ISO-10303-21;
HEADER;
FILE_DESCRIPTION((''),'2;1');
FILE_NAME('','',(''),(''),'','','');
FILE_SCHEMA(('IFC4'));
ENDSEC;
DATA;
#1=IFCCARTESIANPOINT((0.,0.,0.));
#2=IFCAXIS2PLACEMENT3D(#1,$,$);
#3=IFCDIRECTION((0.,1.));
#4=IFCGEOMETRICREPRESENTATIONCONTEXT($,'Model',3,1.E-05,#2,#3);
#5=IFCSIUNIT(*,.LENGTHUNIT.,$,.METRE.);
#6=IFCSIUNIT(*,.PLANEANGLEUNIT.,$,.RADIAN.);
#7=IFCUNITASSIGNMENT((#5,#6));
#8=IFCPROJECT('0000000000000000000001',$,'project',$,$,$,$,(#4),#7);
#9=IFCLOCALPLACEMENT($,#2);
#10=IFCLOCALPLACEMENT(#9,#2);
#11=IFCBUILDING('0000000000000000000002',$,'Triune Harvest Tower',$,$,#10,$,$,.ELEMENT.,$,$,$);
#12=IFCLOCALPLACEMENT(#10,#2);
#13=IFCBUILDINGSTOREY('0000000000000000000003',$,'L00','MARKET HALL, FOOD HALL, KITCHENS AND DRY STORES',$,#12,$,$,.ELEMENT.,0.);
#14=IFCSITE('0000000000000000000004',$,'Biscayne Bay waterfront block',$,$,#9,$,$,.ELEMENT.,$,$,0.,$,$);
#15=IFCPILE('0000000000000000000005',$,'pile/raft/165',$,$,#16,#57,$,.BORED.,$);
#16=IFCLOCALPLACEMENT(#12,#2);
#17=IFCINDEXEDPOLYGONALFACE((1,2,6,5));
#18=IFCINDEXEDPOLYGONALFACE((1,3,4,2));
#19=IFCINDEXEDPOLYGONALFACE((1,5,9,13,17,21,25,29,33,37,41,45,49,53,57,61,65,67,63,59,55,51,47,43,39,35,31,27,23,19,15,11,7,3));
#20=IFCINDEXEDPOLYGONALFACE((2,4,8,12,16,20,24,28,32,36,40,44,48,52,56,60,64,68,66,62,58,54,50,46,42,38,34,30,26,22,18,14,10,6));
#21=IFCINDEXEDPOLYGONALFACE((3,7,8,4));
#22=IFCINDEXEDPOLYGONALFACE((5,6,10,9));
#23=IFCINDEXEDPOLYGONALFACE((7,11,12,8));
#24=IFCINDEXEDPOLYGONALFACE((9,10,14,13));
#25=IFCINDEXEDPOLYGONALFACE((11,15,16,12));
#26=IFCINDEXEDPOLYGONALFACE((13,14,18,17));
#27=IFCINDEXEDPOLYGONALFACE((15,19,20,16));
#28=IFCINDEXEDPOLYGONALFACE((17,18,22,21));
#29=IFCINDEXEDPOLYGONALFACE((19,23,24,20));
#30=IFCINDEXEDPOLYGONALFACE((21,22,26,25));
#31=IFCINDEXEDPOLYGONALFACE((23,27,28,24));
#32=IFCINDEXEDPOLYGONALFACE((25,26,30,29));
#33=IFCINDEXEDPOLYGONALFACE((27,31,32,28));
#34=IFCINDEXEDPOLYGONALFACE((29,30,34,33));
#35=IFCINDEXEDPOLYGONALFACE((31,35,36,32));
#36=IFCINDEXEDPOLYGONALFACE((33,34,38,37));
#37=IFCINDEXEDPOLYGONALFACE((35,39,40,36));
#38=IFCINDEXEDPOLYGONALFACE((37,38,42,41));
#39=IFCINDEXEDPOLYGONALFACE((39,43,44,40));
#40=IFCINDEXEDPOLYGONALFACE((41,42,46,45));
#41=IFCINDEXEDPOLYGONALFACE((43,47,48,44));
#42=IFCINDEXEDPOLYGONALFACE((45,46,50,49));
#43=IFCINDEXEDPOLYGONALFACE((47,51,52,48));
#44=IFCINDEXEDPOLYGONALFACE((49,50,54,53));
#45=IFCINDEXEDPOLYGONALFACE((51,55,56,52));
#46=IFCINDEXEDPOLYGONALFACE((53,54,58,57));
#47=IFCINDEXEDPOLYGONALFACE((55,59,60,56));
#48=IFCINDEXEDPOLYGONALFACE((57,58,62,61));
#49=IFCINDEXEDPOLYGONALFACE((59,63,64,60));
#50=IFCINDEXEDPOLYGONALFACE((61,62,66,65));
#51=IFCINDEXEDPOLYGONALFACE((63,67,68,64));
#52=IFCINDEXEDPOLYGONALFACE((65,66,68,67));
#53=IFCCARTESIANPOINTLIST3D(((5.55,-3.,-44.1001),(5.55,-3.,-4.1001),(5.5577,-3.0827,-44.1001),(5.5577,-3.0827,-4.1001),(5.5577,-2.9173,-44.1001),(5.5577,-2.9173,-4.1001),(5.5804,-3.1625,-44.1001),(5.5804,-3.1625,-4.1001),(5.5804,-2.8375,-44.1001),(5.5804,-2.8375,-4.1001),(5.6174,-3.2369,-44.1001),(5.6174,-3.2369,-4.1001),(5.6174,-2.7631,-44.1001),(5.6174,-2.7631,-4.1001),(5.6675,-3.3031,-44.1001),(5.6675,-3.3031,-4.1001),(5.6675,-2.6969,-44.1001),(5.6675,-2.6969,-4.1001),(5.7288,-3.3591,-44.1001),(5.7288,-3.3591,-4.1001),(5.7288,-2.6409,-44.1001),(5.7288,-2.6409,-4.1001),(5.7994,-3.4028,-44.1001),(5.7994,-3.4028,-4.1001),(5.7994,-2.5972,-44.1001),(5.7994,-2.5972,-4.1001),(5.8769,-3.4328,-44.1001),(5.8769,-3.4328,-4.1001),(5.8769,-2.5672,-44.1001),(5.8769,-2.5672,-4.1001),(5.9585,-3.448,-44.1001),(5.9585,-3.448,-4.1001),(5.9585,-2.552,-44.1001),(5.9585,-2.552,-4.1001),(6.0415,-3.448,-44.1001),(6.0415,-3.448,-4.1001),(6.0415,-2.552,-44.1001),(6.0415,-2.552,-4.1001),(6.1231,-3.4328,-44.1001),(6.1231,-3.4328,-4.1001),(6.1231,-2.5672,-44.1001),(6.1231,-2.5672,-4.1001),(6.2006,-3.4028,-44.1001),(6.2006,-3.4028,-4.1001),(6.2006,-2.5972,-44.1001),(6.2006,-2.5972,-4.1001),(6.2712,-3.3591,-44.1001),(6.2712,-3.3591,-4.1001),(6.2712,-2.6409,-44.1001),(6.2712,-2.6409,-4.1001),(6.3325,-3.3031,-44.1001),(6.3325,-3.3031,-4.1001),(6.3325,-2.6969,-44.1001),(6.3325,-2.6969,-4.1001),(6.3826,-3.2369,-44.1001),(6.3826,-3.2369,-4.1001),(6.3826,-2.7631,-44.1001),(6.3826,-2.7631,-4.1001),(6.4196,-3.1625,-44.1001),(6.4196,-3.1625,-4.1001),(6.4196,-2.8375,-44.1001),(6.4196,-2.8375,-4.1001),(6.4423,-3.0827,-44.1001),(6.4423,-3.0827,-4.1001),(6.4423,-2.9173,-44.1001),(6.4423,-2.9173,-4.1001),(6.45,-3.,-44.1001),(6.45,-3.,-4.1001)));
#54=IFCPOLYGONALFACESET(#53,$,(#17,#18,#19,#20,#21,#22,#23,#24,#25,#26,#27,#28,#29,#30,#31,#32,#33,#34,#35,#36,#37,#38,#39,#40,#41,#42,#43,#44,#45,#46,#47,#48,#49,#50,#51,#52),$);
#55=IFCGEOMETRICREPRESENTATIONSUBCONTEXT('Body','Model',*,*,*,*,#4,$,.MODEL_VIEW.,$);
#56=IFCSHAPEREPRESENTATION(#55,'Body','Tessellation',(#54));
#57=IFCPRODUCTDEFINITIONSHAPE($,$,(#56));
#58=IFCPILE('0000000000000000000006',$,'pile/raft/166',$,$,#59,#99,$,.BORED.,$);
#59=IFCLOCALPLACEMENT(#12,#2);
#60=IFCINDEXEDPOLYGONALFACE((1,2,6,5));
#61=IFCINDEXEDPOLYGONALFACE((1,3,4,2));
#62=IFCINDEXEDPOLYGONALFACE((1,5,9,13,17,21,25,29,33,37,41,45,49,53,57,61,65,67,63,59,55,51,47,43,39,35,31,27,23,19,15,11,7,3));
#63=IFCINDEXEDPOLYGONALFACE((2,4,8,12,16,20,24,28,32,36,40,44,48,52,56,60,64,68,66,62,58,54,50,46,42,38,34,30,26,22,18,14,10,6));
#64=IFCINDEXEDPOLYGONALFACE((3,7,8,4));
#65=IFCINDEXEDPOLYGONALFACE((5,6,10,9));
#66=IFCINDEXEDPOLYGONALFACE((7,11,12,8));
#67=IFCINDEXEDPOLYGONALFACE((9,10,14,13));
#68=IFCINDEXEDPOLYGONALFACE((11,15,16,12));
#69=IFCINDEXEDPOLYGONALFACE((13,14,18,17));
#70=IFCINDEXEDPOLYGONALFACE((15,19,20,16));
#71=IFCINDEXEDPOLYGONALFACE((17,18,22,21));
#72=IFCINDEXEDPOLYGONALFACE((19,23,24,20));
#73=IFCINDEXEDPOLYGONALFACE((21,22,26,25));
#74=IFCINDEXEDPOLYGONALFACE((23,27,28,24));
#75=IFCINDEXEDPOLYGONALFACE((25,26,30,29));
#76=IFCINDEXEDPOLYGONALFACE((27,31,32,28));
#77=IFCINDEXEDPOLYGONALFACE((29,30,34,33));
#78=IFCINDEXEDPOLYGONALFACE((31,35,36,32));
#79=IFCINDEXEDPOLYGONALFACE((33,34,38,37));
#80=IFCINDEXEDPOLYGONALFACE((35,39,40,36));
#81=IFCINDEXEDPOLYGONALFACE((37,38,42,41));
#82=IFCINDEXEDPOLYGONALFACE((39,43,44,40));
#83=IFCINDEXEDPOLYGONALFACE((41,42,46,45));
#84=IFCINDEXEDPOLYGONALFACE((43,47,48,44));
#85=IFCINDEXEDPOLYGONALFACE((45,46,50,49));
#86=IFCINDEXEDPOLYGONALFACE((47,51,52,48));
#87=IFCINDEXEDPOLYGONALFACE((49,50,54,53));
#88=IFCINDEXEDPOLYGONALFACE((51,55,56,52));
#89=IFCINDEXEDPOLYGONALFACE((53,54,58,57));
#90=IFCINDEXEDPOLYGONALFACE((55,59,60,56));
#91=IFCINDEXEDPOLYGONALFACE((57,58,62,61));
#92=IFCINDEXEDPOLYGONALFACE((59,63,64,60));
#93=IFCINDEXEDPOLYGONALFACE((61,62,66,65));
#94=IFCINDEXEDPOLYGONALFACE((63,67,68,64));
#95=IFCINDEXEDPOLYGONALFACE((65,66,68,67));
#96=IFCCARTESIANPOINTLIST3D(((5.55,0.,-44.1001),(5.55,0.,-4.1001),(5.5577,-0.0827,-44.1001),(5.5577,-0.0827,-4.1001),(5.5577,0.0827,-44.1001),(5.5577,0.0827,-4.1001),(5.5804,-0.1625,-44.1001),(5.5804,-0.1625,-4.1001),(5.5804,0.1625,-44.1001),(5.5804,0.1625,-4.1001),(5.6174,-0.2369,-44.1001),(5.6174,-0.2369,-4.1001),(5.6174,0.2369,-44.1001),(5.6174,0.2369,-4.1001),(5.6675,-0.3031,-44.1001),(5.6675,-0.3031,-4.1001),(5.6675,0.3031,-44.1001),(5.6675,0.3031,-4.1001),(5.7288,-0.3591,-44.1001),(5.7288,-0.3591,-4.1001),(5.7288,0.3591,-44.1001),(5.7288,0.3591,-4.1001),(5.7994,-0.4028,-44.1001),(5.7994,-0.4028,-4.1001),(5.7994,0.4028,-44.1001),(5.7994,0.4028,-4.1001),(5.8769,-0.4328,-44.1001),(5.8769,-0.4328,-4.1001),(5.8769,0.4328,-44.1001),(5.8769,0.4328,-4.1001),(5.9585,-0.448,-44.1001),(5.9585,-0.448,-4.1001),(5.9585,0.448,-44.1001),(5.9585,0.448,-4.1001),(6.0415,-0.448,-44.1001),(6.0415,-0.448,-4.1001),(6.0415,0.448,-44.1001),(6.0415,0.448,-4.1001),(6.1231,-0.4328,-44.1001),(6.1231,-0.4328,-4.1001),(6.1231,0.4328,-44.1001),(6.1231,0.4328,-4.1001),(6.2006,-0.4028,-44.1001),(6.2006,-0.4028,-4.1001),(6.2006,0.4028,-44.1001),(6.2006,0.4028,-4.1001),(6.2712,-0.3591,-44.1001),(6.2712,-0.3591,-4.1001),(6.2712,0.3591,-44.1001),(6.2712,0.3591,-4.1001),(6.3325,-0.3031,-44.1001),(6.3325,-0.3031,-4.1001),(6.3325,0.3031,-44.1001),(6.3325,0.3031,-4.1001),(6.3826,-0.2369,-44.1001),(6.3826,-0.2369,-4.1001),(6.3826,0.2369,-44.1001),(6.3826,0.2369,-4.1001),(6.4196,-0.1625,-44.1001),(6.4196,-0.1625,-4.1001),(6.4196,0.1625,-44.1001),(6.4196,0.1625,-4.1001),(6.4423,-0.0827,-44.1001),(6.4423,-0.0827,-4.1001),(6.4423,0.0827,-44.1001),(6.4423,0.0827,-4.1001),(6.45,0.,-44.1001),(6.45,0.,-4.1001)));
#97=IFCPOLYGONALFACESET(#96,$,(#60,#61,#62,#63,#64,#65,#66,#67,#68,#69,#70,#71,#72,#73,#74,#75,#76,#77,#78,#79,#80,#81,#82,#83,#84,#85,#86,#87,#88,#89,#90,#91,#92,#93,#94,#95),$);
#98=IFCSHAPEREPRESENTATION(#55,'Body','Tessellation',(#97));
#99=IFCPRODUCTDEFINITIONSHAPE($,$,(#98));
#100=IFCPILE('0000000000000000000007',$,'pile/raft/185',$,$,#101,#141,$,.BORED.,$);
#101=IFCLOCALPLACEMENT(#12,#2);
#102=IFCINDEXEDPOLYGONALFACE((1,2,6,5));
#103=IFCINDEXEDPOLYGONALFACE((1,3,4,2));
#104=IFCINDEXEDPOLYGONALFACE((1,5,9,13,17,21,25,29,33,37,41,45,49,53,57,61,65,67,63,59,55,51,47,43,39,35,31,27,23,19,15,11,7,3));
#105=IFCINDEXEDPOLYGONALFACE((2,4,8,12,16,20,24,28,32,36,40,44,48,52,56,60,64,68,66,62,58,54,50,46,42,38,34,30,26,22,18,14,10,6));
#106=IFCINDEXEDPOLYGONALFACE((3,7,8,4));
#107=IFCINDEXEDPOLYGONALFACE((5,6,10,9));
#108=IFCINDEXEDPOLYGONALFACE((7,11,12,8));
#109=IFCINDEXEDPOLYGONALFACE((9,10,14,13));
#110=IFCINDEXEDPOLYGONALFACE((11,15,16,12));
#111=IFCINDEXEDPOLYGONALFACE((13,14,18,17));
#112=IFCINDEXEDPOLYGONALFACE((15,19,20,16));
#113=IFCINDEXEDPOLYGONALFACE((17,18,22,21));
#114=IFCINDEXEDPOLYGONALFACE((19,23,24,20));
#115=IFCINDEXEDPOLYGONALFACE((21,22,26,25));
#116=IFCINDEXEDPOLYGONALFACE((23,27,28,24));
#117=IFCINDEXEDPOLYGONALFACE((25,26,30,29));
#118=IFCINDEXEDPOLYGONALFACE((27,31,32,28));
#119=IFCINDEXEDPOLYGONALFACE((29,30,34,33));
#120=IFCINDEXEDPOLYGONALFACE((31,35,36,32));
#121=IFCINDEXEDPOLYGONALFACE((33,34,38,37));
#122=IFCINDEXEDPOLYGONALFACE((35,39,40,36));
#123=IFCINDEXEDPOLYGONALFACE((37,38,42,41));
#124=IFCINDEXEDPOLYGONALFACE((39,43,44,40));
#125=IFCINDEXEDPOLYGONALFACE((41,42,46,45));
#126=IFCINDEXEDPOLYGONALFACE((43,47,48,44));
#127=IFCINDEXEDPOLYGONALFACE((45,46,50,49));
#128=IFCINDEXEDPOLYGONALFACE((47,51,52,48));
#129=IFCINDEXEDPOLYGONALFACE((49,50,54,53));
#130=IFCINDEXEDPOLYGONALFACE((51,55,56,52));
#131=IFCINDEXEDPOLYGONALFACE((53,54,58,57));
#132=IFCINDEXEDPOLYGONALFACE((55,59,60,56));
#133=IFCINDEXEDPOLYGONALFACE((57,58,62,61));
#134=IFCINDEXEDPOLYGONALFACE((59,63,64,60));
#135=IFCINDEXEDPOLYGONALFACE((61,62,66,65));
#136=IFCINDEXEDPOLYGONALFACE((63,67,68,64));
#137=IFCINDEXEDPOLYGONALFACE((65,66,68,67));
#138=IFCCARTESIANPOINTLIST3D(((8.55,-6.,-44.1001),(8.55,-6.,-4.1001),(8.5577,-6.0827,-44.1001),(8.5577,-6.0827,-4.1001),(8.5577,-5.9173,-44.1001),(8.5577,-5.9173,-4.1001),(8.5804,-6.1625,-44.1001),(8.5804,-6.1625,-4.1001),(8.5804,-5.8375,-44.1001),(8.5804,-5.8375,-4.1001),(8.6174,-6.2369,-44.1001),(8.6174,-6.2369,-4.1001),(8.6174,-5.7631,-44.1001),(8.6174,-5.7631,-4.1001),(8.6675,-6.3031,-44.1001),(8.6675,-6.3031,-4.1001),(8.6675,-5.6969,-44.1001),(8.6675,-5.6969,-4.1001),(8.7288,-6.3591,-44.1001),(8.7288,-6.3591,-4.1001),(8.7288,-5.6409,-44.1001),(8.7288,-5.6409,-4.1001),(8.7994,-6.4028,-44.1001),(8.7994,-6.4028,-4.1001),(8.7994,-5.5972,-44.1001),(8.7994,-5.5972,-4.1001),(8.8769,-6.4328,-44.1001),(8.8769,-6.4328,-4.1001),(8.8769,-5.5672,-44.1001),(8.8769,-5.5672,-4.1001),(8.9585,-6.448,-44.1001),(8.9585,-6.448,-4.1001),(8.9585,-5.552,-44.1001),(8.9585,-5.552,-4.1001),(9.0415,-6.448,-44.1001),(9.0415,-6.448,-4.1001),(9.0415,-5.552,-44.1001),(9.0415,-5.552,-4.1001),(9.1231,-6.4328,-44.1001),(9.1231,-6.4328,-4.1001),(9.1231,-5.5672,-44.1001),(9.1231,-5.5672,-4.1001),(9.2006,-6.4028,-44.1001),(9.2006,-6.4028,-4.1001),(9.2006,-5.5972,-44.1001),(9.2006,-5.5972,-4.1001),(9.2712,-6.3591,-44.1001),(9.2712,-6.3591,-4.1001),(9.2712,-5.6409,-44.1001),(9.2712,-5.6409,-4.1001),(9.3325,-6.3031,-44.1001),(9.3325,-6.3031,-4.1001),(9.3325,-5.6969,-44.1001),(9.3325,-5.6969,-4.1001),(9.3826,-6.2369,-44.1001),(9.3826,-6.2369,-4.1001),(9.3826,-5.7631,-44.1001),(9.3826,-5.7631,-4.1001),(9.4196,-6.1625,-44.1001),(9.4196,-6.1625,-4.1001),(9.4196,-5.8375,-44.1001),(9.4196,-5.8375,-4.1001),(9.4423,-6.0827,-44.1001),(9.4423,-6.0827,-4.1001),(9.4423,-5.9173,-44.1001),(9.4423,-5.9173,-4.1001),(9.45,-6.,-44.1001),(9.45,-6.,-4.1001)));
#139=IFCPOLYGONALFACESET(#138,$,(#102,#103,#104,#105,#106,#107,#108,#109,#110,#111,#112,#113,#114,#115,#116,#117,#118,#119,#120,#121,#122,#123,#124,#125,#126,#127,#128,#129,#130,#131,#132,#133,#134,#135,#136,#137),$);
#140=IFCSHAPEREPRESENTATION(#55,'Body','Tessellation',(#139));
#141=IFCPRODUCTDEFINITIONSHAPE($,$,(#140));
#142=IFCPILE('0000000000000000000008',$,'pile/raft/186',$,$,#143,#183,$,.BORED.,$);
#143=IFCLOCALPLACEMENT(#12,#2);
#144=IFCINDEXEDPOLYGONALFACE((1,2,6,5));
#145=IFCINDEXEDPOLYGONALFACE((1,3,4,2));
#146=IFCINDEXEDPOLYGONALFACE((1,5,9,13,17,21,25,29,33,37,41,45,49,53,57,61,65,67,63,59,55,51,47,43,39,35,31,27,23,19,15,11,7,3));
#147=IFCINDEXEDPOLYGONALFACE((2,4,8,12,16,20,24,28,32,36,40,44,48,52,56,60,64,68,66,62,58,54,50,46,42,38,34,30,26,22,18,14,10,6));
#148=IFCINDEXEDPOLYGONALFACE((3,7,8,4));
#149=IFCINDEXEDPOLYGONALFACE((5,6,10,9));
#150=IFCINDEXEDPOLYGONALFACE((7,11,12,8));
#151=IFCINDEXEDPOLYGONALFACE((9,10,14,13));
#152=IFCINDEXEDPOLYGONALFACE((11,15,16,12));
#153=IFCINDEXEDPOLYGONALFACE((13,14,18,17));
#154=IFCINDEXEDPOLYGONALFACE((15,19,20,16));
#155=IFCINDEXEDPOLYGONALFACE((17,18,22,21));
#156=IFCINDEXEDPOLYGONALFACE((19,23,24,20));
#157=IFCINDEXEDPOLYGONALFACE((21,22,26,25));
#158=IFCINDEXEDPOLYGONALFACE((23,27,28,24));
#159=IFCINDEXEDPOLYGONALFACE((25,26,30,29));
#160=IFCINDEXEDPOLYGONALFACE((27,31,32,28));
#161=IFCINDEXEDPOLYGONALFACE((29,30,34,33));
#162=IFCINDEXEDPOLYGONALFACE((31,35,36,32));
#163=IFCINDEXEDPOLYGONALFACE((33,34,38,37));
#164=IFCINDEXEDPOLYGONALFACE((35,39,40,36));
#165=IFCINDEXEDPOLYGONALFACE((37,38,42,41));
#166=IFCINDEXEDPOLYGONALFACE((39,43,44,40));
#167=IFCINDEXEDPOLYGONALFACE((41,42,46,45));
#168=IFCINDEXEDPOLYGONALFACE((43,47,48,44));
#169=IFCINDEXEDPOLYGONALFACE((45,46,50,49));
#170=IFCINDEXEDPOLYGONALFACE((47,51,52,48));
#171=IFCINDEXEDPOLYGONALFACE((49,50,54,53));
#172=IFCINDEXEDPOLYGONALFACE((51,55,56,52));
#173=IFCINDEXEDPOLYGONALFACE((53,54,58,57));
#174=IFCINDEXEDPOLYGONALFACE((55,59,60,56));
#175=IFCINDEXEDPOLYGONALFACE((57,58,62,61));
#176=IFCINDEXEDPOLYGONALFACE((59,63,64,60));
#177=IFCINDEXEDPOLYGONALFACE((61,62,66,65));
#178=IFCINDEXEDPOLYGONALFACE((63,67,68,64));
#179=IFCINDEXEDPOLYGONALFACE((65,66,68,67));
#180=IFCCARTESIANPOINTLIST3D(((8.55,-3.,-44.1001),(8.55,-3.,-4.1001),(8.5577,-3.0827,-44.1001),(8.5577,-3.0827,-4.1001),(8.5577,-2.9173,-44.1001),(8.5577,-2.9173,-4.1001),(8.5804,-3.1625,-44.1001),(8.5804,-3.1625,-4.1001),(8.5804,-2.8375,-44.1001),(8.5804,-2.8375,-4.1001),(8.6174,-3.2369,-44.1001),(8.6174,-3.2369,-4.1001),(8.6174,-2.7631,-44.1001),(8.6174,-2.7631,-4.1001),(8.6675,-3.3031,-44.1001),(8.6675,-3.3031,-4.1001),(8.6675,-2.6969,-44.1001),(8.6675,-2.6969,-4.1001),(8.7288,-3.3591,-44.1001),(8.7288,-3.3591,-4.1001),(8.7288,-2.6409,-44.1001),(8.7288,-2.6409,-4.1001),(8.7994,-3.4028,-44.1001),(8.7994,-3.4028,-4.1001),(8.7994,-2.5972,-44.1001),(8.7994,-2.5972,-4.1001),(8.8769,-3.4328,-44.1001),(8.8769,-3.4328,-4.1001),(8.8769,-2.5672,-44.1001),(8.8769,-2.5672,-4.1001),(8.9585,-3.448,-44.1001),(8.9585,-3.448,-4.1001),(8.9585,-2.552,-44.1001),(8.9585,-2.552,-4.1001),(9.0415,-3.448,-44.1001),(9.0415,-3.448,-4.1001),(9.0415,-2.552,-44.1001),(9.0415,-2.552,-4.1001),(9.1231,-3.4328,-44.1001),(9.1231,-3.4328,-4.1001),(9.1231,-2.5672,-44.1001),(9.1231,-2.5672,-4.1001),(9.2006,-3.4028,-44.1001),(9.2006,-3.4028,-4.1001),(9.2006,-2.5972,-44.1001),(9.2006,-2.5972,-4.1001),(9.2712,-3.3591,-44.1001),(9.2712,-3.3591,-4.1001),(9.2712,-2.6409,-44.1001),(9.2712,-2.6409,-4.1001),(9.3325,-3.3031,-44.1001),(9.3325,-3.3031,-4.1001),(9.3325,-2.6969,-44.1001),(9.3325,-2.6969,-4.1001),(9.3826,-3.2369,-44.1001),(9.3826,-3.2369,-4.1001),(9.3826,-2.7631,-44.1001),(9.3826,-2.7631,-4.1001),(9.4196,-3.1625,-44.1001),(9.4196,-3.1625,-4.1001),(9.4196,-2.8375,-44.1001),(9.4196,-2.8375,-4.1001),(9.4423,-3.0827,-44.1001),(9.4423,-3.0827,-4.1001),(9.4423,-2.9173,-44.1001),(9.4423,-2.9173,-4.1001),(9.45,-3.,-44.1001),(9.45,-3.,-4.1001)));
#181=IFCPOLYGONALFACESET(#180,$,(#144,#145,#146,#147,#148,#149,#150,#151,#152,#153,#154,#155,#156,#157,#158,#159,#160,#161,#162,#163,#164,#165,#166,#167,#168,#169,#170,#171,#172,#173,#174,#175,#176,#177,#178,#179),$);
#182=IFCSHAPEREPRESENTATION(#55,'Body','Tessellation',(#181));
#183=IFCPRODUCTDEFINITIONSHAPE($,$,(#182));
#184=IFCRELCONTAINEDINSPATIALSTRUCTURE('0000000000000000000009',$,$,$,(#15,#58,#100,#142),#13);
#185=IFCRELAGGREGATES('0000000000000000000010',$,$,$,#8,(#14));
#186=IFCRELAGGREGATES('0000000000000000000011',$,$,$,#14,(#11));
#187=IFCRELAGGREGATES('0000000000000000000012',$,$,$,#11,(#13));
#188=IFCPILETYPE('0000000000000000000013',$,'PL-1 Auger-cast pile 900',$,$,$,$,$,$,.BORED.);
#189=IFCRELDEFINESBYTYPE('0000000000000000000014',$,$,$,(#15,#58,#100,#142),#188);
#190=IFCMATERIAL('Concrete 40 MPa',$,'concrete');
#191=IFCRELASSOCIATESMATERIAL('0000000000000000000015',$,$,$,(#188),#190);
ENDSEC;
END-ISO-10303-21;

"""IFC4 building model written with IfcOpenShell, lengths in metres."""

from ifc_helpers import new_model, si_unit, direction, frame, origin, origin_2d, place, context, subcontext, project, spatial, circle, extrude, source, transform, mapped, material, material_profile, profile_set, type_object, element, save


model = new_model("IFC4")

# Units and contexts
model_context = context("Model", 3, precision=1e-05, world=origin(), true_north=direction((0.0, 1.0)))
body_context = subcontext(model_context, "Body", "Model", "MODEL_VIEW")
ifc_project = project(units=[si_unit("LENGTHUNIT", "METRE"), si_unit("PLANEANGLEUNIT", "RADIAN")], contexts=[model_context])

# Site, building, storey
site_placement = place(None, origin())
site = spatial("IfcSite", under=ifc_project, at=site_placement, Name="Biscayne Bay waterfront block", CompositionType="ELEMENT", RefElevation=0.0)
building_placement = place(site_placement, origin())
building = spatial("IfcBuilding", under=site, at=building_placement, Name="Triune Harvest Tower", CompositionType="ELEMENT")
storey_placement = place(building_placement, origin())
storey = spatial("IfcBuildingStorey", under=building, at=storey_placement, Name="L00", Description="MARKET HALL, FOOD HALL, KITCHENS AND DRY STORES", CompositionType="ELEMENT", Elevation=0.0)

# Piles
ifc_material_1 = material(Name="Concrete 40 MPa", Category="concrete")
ifc_material_profile = material_profile(ifc_material_1, circle(Radius=0.45, at=origin_2d()), Name="Bored 900")
ifc_profile_set = profile_set([ifc_material_profile], Name="Concrete 40 MPa")
pile_type = type_object("IfcPileType", Name="PL-1 Auger-cast pile 900", PredefinedType="BORED", material=ifc_profile_set)
shared_shape_1 = source(origin(), body_context, "Body", "SweptSolid", [
    extrude(circle(Radius=0.45, at=origin_2d()), origin(), (0.0, 0.0, 1.0), 40.0),
])
for number, where, z_axis, x_axis, name in (
    (1, (6.0, -3.0, -4.1001), (0.0, 0.0, -1.0), (1.0, 0.0, 0.0), "pile/raft/165"),
    (2, (6.0, 0.0, -4.1001), (0.0, 0.0, -1.0), (1.0, 0.0, 0.0), "pile/raft/166"),
    (3, (9.0, -6.0, -4.1001), (0.0, 0.0, -1.0), (1.0, 0.0, 0.0), "pile/raft/185"),
    (4, (9.0, -3.0, -4.1001), (0.0, 0.0, -1.0), (1.0, 0.0, 0.0), "pile/raft/186"),
):
    element("IfcPile", number, at=place(storey_placement, frame(where, z_axis=z_axis, x_axis=x_axis)), inside=storey, type_object=pile_type, Name=name, PredefinedType="BORED", context=body_context, shape_type="MappedRepresentation", body=[
        mapped(shared_shape_1, transform((0.0, 0.0, 0.0), scale=1.0)),
    ])

save(model, "model.ifc")
